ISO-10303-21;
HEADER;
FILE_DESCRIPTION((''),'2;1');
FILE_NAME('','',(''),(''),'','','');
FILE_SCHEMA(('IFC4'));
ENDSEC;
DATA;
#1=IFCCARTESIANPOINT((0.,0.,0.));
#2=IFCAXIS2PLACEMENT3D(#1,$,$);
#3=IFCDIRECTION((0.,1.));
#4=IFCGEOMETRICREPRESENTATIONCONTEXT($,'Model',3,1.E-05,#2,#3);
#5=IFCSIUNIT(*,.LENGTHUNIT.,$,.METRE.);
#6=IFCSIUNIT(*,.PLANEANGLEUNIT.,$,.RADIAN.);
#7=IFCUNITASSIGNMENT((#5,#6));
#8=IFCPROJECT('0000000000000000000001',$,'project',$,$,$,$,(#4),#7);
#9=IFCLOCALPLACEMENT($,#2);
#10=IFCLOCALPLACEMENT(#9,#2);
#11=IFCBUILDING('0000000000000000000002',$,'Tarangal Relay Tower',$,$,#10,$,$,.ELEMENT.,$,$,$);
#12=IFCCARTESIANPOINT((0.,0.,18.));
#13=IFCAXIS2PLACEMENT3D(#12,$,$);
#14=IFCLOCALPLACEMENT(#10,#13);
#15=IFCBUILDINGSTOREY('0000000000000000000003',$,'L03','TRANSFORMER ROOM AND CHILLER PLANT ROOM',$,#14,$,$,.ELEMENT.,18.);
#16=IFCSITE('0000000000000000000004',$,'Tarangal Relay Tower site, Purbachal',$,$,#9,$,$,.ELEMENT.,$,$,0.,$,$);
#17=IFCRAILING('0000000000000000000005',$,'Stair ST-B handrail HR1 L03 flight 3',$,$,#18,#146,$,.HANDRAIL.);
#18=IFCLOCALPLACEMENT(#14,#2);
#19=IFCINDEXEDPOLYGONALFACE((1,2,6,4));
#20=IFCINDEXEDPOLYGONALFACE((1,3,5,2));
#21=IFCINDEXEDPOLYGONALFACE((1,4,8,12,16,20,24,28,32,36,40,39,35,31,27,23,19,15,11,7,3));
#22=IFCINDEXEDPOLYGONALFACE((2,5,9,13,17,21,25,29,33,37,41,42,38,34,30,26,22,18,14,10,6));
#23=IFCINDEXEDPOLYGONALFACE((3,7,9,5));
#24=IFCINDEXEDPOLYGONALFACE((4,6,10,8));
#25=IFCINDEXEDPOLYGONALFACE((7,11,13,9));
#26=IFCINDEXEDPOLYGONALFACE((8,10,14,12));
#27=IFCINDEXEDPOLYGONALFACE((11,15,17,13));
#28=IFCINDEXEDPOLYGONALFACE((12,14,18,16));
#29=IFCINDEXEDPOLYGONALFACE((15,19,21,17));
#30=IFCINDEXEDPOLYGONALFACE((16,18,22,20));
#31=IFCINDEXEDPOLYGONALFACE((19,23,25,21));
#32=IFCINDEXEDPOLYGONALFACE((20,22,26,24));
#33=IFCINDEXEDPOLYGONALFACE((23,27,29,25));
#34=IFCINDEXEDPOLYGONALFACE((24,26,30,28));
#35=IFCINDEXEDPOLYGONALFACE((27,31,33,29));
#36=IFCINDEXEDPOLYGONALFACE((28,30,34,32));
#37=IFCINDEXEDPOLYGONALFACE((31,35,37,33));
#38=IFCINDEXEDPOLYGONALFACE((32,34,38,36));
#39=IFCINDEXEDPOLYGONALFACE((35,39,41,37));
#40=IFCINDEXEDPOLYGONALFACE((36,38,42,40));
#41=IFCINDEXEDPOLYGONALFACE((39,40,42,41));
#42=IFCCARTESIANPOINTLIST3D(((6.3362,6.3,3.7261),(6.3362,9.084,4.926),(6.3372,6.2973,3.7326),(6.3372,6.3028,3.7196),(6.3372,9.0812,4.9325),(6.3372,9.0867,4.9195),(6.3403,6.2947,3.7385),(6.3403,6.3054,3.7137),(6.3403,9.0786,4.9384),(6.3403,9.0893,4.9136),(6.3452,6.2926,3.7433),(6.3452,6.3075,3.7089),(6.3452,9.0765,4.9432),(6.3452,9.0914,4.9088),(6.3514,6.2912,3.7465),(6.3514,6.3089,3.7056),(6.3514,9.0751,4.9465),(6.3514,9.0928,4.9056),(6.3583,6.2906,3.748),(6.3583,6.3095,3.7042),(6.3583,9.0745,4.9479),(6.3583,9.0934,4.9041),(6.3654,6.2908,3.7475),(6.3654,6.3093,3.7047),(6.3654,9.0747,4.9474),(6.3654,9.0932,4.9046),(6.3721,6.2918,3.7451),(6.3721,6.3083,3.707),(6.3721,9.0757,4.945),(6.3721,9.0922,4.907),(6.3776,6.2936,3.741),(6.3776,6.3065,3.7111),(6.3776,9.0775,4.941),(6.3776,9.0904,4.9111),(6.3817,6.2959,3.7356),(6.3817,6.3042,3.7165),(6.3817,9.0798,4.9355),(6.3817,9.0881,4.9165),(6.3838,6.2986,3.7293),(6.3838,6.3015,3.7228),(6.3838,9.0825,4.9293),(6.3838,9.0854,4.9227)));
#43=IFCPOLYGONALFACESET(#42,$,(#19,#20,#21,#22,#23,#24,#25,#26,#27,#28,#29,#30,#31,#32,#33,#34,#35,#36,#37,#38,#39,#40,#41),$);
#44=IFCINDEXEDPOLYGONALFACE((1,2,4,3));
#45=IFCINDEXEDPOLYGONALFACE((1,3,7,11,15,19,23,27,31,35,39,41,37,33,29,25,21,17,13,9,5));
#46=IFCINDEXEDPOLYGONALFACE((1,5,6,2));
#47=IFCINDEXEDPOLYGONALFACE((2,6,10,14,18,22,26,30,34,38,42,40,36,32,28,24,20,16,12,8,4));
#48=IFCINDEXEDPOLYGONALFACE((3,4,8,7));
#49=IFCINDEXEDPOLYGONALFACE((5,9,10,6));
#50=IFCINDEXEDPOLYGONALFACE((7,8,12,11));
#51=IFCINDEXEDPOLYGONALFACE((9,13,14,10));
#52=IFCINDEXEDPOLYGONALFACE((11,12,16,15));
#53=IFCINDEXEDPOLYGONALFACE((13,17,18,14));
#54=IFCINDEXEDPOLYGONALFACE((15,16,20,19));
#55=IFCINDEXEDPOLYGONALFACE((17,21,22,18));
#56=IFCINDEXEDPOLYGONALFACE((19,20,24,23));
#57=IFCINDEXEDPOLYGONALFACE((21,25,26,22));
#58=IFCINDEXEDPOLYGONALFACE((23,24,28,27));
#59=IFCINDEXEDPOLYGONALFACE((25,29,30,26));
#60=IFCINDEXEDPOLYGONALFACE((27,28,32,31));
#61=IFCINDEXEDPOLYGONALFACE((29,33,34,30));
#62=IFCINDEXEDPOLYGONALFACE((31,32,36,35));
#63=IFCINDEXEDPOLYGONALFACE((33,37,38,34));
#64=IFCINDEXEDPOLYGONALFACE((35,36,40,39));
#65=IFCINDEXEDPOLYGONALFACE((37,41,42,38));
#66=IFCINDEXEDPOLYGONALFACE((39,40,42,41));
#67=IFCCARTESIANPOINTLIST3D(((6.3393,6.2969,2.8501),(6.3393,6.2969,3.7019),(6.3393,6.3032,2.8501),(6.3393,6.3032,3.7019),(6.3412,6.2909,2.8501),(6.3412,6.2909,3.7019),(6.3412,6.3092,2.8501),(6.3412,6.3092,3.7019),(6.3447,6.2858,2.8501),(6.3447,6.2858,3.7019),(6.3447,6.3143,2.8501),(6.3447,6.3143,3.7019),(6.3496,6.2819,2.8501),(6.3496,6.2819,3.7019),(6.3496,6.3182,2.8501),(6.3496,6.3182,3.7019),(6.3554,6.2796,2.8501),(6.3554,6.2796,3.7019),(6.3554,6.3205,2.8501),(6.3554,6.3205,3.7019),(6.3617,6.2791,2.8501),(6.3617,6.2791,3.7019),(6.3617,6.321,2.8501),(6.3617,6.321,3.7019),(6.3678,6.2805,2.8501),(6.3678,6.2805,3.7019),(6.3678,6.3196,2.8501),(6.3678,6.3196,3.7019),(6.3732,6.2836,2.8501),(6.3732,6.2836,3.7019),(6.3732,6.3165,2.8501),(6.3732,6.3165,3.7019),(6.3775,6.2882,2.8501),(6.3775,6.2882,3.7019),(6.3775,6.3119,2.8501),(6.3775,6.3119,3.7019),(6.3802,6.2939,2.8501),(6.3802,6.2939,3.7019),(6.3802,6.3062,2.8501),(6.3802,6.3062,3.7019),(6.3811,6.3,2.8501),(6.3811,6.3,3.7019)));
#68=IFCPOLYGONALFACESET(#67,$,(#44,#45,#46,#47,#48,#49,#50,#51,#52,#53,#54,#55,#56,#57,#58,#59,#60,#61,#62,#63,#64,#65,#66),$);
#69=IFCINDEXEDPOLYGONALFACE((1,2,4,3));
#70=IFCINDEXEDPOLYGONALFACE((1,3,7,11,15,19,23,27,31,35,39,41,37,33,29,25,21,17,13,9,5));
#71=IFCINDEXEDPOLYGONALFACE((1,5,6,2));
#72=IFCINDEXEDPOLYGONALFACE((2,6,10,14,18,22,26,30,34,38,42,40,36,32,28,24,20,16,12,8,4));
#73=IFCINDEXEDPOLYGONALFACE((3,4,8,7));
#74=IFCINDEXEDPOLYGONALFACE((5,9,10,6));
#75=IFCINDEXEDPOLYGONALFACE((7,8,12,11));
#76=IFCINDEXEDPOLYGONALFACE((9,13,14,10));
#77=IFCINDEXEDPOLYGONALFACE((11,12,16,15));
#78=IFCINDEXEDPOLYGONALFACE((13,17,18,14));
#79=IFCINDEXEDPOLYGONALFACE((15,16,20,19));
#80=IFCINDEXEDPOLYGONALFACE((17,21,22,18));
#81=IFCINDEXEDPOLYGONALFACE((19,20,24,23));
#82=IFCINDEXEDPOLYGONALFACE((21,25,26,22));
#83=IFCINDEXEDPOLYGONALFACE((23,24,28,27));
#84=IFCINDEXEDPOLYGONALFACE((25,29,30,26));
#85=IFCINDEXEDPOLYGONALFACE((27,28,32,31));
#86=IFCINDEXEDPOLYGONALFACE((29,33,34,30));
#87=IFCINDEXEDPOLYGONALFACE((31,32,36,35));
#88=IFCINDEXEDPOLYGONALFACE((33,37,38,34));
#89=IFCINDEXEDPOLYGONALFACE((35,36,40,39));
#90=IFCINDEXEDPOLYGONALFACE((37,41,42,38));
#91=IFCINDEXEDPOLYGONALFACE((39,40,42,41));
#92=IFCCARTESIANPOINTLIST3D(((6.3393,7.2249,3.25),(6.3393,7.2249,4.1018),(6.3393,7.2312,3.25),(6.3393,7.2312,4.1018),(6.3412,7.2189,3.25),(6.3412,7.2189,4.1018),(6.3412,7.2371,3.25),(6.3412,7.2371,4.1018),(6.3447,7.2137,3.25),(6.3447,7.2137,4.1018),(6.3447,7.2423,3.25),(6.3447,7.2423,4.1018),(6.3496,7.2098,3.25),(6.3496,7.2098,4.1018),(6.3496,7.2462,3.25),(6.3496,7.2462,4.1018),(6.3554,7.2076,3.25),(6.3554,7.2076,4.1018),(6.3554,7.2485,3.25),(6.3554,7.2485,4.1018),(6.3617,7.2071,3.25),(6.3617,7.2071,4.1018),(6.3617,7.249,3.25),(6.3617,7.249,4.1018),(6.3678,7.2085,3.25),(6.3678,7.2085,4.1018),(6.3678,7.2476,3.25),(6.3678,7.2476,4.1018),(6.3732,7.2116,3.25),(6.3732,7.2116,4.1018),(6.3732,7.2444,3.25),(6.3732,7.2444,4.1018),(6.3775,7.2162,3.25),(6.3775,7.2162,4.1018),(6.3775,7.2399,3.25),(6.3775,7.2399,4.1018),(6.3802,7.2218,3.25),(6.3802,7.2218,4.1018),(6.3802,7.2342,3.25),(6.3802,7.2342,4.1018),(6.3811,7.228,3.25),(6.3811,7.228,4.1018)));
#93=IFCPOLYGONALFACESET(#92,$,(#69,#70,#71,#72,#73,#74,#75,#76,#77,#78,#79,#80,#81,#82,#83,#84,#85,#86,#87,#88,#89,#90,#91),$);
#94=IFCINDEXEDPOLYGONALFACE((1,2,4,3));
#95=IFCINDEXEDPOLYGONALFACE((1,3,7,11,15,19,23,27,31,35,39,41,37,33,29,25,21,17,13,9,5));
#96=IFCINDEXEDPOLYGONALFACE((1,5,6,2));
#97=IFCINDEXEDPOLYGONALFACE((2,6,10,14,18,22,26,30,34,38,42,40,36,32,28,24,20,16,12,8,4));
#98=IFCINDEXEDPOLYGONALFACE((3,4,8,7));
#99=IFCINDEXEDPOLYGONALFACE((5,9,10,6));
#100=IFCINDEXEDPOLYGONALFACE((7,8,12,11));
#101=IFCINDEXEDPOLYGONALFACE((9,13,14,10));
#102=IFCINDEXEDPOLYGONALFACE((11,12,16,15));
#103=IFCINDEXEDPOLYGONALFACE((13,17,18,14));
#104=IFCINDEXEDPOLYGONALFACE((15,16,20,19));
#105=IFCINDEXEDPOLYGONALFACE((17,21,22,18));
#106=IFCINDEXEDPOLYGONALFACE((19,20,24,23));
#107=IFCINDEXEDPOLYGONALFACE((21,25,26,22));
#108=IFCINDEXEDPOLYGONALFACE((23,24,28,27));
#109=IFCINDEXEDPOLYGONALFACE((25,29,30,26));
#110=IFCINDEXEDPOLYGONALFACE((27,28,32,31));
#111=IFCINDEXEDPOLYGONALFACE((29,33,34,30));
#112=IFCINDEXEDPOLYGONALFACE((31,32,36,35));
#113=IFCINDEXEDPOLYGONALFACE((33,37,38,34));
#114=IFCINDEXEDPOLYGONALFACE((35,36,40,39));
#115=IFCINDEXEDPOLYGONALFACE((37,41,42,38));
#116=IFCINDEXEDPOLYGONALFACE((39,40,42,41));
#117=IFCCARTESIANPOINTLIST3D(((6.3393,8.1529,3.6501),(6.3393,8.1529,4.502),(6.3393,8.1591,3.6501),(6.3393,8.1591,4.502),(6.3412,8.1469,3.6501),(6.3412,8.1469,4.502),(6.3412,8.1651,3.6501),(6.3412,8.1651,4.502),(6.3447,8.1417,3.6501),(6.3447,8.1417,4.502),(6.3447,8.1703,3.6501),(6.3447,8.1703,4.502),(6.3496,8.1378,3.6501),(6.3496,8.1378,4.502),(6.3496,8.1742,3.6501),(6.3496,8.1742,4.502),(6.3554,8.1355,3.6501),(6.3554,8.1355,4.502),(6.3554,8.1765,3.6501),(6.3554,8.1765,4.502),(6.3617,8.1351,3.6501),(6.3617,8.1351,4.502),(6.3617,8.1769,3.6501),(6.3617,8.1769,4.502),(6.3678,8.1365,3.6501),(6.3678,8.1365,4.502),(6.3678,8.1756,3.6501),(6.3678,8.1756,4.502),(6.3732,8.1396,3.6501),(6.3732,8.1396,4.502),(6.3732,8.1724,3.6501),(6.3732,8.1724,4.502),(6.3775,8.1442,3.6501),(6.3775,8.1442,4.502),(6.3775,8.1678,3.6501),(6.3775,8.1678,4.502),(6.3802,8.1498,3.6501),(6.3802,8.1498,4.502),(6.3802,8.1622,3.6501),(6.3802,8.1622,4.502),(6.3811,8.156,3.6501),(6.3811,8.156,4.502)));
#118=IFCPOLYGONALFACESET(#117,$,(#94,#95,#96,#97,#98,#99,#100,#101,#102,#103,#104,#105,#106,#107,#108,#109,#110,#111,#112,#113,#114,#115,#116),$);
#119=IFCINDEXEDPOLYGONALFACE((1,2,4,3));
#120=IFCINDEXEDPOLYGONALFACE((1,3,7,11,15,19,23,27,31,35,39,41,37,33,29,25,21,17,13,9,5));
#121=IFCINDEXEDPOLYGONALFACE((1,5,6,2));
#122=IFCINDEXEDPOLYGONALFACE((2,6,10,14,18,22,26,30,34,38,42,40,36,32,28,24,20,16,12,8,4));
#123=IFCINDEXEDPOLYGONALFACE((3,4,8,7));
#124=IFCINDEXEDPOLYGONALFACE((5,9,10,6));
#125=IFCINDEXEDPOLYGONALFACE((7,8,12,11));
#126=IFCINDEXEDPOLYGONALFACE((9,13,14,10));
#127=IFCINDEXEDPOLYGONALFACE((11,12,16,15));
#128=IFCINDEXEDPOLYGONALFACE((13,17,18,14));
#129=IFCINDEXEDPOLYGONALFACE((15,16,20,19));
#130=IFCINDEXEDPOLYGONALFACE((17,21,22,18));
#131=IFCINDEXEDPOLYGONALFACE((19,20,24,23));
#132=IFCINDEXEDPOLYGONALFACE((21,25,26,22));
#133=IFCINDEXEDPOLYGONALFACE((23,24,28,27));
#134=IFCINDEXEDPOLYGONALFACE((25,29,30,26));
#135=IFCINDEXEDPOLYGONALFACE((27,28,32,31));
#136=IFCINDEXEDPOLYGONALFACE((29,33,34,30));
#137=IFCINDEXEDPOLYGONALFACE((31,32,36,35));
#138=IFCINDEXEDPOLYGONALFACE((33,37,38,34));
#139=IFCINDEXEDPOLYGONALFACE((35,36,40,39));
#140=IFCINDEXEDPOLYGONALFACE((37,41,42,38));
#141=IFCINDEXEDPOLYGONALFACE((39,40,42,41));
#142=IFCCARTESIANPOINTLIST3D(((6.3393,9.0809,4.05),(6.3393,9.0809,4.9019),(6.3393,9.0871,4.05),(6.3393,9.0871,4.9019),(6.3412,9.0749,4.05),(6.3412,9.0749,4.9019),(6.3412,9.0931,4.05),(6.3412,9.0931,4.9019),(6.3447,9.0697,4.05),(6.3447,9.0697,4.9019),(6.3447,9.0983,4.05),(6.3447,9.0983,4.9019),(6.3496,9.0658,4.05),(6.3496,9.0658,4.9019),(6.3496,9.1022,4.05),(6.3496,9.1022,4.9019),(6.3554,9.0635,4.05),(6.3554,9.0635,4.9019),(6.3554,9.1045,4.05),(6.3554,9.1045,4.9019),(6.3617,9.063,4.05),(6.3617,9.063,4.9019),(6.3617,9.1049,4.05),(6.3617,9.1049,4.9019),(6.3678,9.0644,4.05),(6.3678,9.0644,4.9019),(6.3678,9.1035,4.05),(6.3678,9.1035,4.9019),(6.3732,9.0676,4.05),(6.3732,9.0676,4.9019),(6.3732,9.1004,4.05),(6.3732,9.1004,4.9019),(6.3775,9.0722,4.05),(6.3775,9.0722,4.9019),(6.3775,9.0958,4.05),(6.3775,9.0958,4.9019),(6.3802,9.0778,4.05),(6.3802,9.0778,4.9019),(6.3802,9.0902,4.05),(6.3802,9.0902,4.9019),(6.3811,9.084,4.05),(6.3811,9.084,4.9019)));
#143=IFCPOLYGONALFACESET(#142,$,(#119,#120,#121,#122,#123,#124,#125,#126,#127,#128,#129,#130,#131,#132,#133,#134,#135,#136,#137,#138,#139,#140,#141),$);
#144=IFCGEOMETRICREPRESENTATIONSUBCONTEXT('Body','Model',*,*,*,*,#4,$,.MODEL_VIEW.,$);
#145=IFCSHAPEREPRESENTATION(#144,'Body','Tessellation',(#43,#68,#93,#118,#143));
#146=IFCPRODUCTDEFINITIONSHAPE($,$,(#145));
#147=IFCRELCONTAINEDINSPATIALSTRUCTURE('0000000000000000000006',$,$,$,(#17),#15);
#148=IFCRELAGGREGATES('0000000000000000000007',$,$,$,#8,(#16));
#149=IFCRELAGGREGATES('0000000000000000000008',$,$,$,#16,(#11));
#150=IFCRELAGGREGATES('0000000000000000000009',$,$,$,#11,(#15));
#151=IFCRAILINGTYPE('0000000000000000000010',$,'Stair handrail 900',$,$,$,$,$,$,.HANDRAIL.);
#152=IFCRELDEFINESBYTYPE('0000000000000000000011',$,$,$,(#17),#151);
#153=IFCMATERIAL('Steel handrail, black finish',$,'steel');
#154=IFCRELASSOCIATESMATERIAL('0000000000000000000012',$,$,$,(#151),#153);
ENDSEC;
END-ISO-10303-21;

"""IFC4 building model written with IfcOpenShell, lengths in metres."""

from ifc_helpers import new_model, si_unit, direction, frame, origin, origin_2d, place, context, subcontext, project, spatial, circle, extrude, material, type_object, element, save


model = new_model("IFC4")

# Units and contexts
model_context = context("Model", 3, precision=1e-05, world=origin(), true_north=direction((0.0, 1.0)))
body_context = subcontext(model_context, "Body", "Model", "MODEL_VIEW")
ifc_project = project(units=[si_unit("LENGTHUNIT", "METRE"), si_unit("PLANEANGLEUNIT", "RADIAN")], contexts=[model_context])

# Site, building, storey
site_placement = place(None, origin())
site = spatial("IfcSite", under=ifc_project, at=site_placement, Name="Tarangal Relay Tower site, Purbachal", CompositionType="ELEMENT", RefElevation=0.0)
building_placement = place(site_placement, origin())
building = spatial("IfcBuilding", under=site, at=building_placement, Name="Tarangal Relay Tower", CompositionType="ELEMENT")
storey_placement = place(building_placement, frame((0.0, 0.0, 18.0)))
storey = spatial("IfcBuildingStorey", under=building, at=storey_placement, Name="L03", Description="TRANSFORMER ROOM AND CHILLER PLANT ROOM", CompositionType="ELEMENT", Elevation=18.0)

# Railing
ifc_material_1 = material(Name="Steel handrail, black finish", Category="steel")
railing_type_1 = type_object("IfcRailingType", Name="Stair handrail 900", PredefinedType="HANDRAIL", material=ifc_material_1)
railing_1_placement = place(storey_placement, frame((6.3601, 6.3, 2.8501)))
element("IfcRailing", 1, at=railing_1_placement, inside=storey, type_object=railing_type_1, Name="Stair ST-B handrail HR1 L03 flight 3", PredefinedType="HANDRAIL", context=body_context, shape_type="SweptSolid", body=[
    extrude(circle(Radius=0.0239, at=origin_2d()), frame((0.0, 0.0, 0.876), z_axis=(0.0, 0.918327, 0.395823), x_axis=(-1.0, 0.0, 0.0)), (0.0, 0.0, 1.0), 3.0315),
    extrude(circle(Radius=0.021, at=origin_2d()), origin(), (0.0, 0.0, 1.0), 0.8518),
    extrude(circle(Radius=0.021, at=origin_2d()), frame((0.0, 0.928, 0.3999)), (0.0, 0.0, 1.0), 0.8518),
    extrude(circle(Radius=0.021, at=origin_2d()), frame((0.0, 1.856, 0.8)), (0.0, 0.0, 1.0), 0.8518),
    extrude(circle(Radius=0.021, at=origin_2d()), frame((0.0, 2.7839, 1.2)), (0.0, 0.0, 1.0), 0.8518),
])

save(model, "model.ifc")
